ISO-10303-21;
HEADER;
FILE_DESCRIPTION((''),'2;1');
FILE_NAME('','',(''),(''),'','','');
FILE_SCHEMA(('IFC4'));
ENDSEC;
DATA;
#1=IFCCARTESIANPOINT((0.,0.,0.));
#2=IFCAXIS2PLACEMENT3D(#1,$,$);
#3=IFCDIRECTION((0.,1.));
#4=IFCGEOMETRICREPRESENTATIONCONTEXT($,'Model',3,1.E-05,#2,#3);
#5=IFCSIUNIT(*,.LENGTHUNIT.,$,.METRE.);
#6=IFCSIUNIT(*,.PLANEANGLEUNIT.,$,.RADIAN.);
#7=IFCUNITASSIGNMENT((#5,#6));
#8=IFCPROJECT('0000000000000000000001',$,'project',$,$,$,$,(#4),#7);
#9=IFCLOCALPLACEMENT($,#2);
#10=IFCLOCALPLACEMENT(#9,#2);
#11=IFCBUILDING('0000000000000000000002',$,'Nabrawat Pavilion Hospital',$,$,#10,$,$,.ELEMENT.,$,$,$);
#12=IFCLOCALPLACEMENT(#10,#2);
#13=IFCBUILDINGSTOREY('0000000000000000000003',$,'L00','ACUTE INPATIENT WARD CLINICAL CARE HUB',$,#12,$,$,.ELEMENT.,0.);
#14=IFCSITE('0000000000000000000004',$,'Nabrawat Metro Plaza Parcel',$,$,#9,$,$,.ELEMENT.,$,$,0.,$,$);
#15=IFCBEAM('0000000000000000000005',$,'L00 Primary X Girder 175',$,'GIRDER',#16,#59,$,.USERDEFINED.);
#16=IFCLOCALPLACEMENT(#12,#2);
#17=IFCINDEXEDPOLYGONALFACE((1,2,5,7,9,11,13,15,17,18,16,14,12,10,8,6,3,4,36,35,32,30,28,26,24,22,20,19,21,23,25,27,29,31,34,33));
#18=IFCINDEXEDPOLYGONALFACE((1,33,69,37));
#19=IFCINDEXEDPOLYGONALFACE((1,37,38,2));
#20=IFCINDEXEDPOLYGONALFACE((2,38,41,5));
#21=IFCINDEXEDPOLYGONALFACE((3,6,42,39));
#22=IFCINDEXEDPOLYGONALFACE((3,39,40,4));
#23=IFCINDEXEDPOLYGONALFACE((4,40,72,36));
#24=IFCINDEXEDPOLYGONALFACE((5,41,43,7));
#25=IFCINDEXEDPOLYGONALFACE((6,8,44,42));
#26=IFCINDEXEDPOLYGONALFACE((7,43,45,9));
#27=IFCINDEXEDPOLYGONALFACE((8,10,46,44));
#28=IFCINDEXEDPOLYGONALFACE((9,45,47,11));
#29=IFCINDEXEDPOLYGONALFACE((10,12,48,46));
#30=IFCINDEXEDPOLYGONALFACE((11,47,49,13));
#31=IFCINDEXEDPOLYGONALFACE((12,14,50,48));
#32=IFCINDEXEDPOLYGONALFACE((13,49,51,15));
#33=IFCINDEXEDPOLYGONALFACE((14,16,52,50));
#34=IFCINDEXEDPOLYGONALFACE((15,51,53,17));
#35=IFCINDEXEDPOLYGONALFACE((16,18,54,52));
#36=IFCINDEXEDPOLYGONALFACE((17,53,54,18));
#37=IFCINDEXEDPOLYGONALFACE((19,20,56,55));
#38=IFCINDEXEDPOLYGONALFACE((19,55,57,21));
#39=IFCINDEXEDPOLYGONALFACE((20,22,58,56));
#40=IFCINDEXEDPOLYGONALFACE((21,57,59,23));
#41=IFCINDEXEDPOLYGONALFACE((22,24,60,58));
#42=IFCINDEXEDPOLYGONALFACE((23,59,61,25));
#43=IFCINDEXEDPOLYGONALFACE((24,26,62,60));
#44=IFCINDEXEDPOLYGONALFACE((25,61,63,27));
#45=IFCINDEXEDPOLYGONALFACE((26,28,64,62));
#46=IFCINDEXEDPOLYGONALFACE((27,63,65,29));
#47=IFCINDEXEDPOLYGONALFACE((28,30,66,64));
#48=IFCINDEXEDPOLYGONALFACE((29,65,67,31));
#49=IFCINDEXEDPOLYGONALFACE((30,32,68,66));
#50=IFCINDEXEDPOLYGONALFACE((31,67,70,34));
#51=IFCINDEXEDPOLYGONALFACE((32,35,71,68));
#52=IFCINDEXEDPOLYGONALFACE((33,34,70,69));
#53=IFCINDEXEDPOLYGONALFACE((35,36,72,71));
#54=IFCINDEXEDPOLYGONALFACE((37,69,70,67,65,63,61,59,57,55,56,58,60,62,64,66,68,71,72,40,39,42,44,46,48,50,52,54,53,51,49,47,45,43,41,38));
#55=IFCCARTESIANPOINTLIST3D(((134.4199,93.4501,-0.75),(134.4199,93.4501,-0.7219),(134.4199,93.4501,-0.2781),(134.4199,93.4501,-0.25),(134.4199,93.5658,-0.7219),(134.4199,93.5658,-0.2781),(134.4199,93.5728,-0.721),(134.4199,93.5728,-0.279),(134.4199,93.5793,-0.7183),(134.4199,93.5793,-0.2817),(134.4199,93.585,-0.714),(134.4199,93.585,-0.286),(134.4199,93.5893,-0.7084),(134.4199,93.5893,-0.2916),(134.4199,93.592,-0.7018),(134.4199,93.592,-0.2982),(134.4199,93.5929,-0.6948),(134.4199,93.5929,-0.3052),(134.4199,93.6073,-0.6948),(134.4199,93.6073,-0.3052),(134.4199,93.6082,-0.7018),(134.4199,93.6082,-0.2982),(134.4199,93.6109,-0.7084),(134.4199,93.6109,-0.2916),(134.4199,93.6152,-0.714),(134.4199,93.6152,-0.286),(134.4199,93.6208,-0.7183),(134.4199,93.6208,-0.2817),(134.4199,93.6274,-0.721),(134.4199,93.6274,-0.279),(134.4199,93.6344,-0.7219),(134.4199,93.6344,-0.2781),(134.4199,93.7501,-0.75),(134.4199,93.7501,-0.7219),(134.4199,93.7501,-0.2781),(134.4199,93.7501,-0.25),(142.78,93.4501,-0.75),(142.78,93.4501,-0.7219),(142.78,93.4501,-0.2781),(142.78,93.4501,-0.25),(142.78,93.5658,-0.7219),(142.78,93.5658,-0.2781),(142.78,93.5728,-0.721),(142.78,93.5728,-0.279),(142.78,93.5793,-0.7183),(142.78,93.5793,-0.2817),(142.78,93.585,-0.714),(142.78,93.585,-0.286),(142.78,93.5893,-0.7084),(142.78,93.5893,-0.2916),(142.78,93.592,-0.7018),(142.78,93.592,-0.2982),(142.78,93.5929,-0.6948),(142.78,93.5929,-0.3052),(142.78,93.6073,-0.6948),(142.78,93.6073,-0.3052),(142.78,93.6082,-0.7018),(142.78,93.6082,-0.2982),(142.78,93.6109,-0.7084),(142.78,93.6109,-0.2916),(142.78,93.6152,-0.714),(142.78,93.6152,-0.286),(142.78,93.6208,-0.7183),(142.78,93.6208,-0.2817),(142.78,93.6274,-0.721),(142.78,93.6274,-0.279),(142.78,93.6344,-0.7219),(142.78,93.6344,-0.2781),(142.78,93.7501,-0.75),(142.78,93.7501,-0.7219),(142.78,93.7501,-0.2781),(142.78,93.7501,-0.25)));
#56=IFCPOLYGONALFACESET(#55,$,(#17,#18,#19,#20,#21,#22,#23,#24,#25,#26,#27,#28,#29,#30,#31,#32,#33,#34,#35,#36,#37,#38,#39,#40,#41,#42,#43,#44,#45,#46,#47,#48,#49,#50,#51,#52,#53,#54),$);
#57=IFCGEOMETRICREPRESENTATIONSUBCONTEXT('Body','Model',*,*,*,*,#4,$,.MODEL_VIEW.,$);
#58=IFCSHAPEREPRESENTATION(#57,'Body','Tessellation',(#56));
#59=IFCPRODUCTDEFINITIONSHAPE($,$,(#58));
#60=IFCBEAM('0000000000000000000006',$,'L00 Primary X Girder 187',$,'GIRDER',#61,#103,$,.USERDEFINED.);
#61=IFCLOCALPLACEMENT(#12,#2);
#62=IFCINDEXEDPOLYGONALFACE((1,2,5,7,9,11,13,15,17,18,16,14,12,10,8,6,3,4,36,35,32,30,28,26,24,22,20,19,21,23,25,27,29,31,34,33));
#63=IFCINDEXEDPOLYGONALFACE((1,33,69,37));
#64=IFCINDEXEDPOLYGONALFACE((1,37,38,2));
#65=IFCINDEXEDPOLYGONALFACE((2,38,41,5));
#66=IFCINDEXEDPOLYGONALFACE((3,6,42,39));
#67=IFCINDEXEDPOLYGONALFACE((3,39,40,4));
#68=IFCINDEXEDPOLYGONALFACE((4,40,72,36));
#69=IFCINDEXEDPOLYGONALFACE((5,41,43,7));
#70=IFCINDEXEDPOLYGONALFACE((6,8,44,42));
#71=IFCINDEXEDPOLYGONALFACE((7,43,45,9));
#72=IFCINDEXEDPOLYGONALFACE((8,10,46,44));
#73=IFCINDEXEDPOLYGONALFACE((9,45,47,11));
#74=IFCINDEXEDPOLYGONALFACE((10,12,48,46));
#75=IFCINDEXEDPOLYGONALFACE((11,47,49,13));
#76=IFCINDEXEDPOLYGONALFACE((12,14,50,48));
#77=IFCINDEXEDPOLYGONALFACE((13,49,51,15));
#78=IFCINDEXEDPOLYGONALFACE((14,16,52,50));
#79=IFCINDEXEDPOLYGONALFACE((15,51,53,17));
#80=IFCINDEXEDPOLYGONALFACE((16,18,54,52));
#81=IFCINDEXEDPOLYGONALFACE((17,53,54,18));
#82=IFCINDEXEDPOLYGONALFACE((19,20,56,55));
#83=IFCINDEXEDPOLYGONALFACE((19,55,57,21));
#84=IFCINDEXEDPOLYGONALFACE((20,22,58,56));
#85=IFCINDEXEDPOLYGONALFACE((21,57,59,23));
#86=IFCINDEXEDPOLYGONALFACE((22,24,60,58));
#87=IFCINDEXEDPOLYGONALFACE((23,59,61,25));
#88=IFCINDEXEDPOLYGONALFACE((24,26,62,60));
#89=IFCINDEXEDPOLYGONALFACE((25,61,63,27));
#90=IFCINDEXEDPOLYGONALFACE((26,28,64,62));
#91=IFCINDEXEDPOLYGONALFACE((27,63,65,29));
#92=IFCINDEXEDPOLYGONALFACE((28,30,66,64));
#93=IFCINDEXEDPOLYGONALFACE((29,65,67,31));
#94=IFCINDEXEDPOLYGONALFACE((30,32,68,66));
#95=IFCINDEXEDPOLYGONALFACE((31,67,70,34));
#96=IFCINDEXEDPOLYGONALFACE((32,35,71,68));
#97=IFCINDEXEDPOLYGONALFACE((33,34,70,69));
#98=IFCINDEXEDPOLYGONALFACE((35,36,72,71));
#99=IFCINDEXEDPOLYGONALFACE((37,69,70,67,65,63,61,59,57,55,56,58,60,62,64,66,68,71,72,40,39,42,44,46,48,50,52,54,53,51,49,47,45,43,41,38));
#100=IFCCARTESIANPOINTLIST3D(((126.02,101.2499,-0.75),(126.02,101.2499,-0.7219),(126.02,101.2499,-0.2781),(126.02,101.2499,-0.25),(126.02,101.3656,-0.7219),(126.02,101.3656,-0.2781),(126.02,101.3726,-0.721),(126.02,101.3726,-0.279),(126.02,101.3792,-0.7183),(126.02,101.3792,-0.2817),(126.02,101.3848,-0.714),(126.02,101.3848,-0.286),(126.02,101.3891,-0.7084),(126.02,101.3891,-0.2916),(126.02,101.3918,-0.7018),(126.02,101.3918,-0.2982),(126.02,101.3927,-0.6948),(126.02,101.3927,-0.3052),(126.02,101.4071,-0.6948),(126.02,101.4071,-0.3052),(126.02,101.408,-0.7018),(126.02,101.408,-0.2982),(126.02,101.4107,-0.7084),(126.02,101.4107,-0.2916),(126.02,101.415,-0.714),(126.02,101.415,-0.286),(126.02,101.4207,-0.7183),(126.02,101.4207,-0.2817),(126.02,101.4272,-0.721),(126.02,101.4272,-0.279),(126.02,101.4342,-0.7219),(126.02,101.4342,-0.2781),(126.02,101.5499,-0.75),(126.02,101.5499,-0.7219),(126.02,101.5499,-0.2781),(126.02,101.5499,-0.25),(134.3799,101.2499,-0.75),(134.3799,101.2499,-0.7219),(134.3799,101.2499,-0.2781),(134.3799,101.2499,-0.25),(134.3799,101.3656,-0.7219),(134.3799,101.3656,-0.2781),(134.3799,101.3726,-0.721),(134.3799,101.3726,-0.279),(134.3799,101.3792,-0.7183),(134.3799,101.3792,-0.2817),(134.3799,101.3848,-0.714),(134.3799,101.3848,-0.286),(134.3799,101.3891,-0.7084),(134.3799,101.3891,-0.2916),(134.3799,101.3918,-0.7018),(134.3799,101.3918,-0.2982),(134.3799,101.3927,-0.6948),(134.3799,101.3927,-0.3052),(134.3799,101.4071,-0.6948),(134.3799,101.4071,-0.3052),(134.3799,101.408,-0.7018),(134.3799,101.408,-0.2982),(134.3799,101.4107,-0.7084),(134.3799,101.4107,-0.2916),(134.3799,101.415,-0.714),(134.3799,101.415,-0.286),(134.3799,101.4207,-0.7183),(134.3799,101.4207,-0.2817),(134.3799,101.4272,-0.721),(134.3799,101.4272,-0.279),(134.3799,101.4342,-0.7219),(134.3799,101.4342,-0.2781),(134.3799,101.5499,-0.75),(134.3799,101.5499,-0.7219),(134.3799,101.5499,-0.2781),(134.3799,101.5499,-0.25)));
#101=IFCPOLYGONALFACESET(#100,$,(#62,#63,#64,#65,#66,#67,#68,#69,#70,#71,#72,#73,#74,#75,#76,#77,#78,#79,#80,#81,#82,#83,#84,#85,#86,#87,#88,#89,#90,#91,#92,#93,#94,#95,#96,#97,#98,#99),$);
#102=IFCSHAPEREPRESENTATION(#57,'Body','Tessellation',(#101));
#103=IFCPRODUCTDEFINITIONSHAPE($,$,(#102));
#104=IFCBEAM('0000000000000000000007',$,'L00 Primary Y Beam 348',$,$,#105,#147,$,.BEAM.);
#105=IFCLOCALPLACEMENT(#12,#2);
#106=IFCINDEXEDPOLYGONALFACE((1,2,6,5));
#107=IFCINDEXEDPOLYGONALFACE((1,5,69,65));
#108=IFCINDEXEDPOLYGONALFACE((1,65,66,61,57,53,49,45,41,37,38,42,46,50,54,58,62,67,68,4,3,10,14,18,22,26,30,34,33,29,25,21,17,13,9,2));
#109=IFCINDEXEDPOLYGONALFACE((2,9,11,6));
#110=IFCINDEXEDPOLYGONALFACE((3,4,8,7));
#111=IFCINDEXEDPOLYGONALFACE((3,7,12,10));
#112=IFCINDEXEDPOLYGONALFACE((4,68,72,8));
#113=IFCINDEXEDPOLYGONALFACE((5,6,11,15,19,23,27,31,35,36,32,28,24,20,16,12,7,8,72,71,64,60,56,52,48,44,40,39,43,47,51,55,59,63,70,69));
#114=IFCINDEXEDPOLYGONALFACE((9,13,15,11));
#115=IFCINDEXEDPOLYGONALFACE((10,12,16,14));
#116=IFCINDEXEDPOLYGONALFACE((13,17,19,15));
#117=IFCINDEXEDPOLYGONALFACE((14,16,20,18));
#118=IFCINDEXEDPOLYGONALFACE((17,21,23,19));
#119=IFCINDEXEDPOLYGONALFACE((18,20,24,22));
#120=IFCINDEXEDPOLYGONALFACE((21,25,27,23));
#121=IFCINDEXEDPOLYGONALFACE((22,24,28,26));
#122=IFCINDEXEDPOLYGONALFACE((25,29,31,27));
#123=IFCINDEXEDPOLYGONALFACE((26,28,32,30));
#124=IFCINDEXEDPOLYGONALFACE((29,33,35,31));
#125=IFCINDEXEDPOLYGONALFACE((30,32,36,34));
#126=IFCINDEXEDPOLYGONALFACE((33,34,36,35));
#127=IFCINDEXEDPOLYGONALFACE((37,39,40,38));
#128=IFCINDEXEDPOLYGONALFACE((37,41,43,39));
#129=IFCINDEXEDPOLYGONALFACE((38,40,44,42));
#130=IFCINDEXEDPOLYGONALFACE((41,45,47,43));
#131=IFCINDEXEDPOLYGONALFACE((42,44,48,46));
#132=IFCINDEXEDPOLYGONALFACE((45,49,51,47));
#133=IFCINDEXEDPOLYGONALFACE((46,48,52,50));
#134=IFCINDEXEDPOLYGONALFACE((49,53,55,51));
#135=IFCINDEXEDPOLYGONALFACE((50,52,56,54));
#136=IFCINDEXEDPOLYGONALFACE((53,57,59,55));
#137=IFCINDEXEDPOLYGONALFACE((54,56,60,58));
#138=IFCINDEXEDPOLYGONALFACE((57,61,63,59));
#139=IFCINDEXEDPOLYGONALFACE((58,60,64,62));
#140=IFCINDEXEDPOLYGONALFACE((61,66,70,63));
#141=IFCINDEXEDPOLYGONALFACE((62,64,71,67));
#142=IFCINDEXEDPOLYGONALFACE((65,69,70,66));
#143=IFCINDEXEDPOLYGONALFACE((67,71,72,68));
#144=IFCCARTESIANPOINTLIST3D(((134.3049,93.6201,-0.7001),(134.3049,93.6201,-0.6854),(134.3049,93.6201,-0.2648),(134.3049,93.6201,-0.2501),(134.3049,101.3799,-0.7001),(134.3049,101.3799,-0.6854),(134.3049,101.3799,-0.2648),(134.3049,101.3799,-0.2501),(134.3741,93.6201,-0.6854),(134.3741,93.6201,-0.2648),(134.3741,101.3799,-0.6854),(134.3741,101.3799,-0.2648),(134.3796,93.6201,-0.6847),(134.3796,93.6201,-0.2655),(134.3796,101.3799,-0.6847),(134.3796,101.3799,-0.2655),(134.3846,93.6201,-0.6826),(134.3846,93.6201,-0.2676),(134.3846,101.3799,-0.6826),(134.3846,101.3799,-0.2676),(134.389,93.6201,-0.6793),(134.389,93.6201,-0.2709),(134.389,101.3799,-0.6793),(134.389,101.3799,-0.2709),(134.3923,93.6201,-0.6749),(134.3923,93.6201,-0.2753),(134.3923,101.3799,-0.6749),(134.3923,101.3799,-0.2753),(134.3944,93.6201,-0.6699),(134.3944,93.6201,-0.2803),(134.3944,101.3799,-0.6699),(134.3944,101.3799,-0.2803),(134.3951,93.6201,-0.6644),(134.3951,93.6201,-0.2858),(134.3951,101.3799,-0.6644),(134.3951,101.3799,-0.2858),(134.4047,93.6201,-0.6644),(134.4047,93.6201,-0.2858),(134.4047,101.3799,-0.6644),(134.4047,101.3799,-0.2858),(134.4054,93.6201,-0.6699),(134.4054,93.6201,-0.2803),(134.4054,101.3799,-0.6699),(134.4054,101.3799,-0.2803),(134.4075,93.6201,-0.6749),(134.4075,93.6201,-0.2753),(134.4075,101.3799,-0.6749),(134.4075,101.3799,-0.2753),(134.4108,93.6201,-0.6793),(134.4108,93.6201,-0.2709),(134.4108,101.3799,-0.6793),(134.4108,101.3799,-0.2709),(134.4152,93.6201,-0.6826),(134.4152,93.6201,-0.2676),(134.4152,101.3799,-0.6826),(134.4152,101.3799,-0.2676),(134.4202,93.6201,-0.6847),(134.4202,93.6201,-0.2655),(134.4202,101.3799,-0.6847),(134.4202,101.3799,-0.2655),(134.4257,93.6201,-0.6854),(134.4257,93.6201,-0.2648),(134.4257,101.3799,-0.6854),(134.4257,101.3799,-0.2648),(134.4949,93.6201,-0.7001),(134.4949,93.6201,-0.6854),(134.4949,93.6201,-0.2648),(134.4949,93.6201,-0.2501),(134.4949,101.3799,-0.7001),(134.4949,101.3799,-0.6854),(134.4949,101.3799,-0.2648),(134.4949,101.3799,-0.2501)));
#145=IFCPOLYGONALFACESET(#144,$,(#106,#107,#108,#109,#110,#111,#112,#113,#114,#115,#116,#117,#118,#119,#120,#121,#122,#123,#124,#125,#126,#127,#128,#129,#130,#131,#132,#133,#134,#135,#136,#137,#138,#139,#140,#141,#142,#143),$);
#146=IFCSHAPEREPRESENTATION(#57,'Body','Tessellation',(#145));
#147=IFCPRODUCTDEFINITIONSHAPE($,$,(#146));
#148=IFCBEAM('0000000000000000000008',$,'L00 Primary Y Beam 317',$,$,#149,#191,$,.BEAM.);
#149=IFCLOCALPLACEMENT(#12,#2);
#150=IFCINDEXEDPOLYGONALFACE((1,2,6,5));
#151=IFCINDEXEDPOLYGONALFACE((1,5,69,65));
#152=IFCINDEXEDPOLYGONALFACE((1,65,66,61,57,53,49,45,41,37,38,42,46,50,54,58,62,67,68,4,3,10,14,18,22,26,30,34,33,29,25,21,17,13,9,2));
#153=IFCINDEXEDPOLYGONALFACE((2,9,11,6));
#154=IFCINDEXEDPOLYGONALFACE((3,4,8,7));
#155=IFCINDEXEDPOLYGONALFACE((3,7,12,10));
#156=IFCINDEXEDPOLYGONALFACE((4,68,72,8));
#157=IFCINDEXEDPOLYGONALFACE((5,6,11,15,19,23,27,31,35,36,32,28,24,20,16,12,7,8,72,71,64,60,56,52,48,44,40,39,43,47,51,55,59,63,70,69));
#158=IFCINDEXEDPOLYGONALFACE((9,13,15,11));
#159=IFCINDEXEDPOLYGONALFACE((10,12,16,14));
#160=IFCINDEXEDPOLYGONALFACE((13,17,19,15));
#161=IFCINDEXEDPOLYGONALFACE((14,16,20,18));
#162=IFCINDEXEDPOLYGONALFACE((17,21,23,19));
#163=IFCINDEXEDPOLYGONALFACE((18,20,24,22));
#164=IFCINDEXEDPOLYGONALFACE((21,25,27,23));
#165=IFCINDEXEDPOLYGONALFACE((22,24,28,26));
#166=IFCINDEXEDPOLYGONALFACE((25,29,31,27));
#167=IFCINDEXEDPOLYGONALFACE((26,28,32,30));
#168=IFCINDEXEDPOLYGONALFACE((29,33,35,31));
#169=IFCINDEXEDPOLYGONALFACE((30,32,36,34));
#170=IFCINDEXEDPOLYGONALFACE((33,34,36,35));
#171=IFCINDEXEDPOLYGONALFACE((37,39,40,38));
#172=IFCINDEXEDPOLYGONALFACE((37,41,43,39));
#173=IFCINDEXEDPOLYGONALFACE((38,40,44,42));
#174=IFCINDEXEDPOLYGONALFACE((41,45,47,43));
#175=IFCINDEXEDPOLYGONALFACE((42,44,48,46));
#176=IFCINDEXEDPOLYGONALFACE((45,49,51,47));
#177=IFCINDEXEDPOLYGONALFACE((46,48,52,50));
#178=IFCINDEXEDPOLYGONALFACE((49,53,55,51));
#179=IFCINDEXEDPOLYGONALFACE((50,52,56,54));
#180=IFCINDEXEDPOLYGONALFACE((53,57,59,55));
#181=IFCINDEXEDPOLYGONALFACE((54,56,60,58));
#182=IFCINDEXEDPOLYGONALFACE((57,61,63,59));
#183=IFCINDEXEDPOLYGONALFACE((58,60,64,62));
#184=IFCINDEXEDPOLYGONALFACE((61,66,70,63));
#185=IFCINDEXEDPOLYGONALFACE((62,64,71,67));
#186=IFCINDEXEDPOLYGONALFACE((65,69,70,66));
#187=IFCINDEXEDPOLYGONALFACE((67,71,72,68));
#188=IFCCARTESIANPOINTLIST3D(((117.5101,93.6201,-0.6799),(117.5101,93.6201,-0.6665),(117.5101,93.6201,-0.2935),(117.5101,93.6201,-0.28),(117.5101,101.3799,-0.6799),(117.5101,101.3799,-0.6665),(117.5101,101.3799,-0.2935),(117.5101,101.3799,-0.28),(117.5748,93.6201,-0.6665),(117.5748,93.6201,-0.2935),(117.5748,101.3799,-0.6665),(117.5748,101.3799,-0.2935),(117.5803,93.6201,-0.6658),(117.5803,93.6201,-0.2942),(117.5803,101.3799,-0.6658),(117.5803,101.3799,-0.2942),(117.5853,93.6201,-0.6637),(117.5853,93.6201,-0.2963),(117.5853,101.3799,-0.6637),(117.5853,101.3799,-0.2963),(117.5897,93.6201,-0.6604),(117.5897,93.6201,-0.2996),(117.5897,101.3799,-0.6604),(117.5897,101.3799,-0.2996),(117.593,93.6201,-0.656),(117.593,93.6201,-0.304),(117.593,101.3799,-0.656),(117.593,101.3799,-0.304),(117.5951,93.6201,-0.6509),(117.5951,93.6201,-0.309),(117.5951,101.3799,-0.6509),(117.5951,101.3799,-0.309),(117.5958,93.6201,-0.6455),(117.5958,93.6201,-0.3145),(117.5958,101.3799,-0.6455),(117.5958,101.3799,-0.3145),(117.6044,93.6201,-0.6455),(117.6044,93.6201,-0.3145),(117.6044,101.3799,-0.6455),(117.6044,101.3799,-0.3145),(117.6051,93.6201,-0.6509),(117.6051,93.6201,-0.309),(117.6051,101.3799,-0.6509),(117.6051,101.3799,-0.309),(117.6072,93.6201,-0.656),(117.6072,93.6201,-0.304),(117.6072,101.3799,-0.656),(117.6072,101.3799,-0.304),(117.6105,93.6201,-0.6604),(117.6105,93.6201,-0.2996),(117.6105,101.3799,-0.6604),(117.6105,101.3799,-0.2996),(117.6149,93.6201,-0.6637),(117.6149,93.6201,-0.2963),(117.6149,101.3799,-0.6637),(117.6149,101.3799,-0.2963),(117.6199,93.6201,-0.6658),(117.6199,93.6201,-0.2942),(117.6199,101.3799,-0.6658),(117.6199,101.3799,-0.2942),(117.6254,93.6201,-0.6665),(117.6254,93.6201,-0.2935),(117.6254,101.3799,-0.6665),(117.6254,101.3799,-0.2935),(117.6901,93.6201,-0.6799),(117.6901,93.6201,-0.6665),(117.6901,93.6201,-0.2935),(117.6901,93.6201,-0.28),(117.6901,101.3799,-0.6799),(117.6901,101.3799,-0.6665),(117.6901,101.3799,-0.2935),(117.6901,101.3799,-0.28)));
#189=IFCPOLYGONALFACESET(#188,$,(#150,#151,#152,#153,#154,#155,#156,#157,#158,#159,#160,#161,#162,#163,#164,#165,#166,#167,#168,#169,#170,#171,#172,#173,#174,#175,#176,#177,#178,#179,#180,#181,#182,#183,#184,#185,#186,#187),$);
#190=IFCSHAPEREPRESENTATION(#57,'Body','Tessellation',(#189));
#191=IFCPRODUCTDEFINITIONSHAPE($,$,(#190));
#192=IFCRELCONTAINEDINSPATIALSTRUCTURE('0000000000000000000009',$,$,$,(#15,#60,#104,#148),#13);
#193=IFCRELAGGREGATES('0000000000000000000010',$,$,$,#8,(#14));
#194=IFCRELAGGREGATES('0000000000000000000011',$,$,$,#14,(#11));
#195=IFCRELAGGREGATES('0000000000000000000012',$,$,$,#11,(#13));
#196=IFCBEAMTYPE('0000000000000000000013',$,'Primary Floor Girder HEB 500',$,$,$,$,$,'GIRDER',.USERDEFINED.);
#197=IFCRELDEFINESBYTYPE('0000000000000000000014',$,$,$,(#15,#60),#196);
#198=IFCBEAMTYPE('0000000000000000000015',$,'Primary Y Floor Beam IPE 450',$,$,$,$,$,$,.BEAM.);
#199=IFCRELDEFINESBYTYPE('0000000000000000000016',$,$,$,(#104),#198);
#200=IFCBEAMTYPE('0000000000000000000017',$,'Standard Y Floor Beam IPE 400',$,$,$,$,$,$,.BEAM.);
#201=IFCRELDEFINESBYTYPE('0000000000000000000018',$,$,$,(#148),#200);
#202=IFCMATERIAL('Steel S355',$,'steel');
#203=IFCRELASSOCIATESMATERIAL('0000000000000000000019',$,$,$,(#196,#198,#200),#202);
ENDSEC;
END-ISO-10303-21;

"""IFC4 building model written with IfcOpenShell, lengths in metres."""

from ifc_helpers import new_model, si_unit, direction, frame, origin, origin_2d, place, context, subcontext, project, spatial, i_section, extrude, material, material_profile, profile_set, type_object, element, save


model = new_model("IFC4")

# Units and contexts
model_context = context("Model", 3, precision=1e-05, world=origin(), true_north=direction((0.0, 1.0)))
body_context = subcontext(model_context, "Body", "Model", "MODEL_VIEW")
ifc_project = project(units=[si_unit("LENGTHUNIT", "METRE"), si_unit("PLANEANGLEUNIT", "RADIAN")], contexts=[model_context])

# Site, building, storey
site_placement = place(None, origin())
site = spatial("IfcSite", under=ifc_project, at=site_placement, Name="Nabrawat Metro Plaza Parcel", CompositionType="ELEMENT", RefElevation=0.0)
building_placement = place(site_placement, origin())
building = spatial("IfcBuilding", under=site, at=building_placement, Name="Nabrawat Pavilion Hospital", CompositionType="ELEMENT")
storey_placement = place(building_placement, origin())
storey = spatial("IfcBuildingStorey", under=building, at=storey_placement, Name="L00", Description="ACUTE INPATIENT WARD CLINICAL CARE HUB", CompositionType="ELEMENT", Elevation=0.0)

# Shared definitions
ifc_material_1 = material(Name="Steel S355", Category="steel")

# Beams
ifc_material_profile_1 = material_profile(ifc_material_1, i_section(OverallWidth=0.3, OverallDepth=0.5, WebThickness=0.0144, FlangeThickness=0.0281, FilletRadius=0.0271, at=origin_2d()), Name="HEB 500")
ifc_profile_set_1 = profile_set([ifc_material_profile_1], Name="Steel S355")
beam_type_1 = type_object("IfcBeamType", Name="Primary Floor Girder HEB 500", ElementType="GIRDER", PredefinedType="USERDEFINED", material=ifc_profile_set_1)
beam_1_placement = place(storey_placement, frame((134.4199, 93.6001, -0.5), z_axis=(1.0, 0.0, 0.0), x_axis=(0.0, 1.0, 0.0)))
element("IfcBeam", 1, at=beam_1_placement, inside=storey, type_object=beam_type_1, Name="L00 Primary X Girder 175", ObjectType="GIRDER", PredefinedType="USERDEFINED", context=body_context, shape_type="SweptSolid", body=[
    extrude(i_section(OverallWidth=0.3, OverallDepth=0.5, WebThickness=0.0144, FlangeThickness=0.0281, FilletRadius=0.0271, at=origin_2d()), origin(), (0.0, 0.0, 1.0), 8.3601),
])
beam_2_placement = place(storey_placement, frame((126.02, 101.3999, -0.5), z_axis=(1.0, 0.0, 0.0), x_axis=(0.0, 1.0, 0.0)))
element("IfcBeam", 2, at=beam_2_placement, inside=storey, type_object=beam_type_1, Name="L00 Primary X Girder 187", ObjectType="GIRDER", PredefinedType="USERDEFINED", context=body_context, shape_type="SweptSolid", body=[
    extrude(i_section(OverallWidth=0.3, OverallDepth=0.5, WebThickness=0.0144, FlangeThickness=0.0281, FilletRadius=0.0271, at=origin_2d()), origin(), (0.0, 0.0, 1.0), 8.3599),
])
ifc_material_profile_2 = material_profile(ifc_material_1, i_section(OverallWidth=0.1899, OverallDepth=0.45, WebThickness=0.0095, FlangeThickness=0.0146, FilletRadius=0.021, at=origin_2d()), Name="IPE 450")
ifc_profile_set_2 = profile_set([ifc_material_profile_2], Name="Steel S355")
beam_type_2 = type_object("IfcBeamType", Name="Primary Y Floor Beam IPE 450", PredefinedType="BEAM", material=ifc_profile_set_2)
beam_3_placement = place(storey_placement, frame((134.3999, 93.6201, -0.4751), z_axis=(0.0, 1.0, 0.0), x_axis=(-1.0, 0.0, 0.0)))
element("IfcBeam", 3, at=beam_3_placement, inside=storey, type_object=beam_type_2, Name="L00 Primary Y Beam 348", PredefinedType="BEAM", context=body_context, shape_type="SweptSolid", body=[
    extrude(i_section(OverallWidth=0.1899, OverallDepth=0.45, WebThickness=0.0095, FlangeThickness=0.0146, FilletRadius=0.021, at=origin_2d()), origin(), (0.0, 0.0, 1.0), 7.7598),
])
ifc_material_profile_3 = material_profile(ifc_material_1, i_section(OverallWidth=0.1799, OverallDepth=0.3999, WebThickness=0.0085, FlangeThickness=0.0134, FilletRadius=0.021, at=origin_2d()), Name="IPE 400")
ifc_profile_set_3 = profile_set([ifc_material_profile_3], Name="Steel S355")
beam_type_3 = type_object("IfcBeamType", Name="Standard Y Floor Beam IPE 400", PredefinedType="BEAM", material=ifc_profile_set_3)
beam_4_placement = place(storey_placement, frame((117.6001, 93.6201, -0.48), z_axis=(0.0, 1.0, 0.0), x_axis=(-1.0, 0.0, 0.0)))
element("IfcBeam", 4, at=beam_4_placement, inside=storey, type_object=beam_type_3, Name="L00 Primary Y Beam 317", PredefinedType="BEAM", context=body_context, shape_type="SweptSolid", body=[
    extrude(i_section(OverallWidth=0.1799, OverallDepth=0.3999, WebThickness=0.0085, FlangeThickness=0.0134, FilletRadius=0.021, at=origin_2d()), origin(), (0.0, 0.0, 1.0), 7.7598),
])

save(model, "model.ifc")
